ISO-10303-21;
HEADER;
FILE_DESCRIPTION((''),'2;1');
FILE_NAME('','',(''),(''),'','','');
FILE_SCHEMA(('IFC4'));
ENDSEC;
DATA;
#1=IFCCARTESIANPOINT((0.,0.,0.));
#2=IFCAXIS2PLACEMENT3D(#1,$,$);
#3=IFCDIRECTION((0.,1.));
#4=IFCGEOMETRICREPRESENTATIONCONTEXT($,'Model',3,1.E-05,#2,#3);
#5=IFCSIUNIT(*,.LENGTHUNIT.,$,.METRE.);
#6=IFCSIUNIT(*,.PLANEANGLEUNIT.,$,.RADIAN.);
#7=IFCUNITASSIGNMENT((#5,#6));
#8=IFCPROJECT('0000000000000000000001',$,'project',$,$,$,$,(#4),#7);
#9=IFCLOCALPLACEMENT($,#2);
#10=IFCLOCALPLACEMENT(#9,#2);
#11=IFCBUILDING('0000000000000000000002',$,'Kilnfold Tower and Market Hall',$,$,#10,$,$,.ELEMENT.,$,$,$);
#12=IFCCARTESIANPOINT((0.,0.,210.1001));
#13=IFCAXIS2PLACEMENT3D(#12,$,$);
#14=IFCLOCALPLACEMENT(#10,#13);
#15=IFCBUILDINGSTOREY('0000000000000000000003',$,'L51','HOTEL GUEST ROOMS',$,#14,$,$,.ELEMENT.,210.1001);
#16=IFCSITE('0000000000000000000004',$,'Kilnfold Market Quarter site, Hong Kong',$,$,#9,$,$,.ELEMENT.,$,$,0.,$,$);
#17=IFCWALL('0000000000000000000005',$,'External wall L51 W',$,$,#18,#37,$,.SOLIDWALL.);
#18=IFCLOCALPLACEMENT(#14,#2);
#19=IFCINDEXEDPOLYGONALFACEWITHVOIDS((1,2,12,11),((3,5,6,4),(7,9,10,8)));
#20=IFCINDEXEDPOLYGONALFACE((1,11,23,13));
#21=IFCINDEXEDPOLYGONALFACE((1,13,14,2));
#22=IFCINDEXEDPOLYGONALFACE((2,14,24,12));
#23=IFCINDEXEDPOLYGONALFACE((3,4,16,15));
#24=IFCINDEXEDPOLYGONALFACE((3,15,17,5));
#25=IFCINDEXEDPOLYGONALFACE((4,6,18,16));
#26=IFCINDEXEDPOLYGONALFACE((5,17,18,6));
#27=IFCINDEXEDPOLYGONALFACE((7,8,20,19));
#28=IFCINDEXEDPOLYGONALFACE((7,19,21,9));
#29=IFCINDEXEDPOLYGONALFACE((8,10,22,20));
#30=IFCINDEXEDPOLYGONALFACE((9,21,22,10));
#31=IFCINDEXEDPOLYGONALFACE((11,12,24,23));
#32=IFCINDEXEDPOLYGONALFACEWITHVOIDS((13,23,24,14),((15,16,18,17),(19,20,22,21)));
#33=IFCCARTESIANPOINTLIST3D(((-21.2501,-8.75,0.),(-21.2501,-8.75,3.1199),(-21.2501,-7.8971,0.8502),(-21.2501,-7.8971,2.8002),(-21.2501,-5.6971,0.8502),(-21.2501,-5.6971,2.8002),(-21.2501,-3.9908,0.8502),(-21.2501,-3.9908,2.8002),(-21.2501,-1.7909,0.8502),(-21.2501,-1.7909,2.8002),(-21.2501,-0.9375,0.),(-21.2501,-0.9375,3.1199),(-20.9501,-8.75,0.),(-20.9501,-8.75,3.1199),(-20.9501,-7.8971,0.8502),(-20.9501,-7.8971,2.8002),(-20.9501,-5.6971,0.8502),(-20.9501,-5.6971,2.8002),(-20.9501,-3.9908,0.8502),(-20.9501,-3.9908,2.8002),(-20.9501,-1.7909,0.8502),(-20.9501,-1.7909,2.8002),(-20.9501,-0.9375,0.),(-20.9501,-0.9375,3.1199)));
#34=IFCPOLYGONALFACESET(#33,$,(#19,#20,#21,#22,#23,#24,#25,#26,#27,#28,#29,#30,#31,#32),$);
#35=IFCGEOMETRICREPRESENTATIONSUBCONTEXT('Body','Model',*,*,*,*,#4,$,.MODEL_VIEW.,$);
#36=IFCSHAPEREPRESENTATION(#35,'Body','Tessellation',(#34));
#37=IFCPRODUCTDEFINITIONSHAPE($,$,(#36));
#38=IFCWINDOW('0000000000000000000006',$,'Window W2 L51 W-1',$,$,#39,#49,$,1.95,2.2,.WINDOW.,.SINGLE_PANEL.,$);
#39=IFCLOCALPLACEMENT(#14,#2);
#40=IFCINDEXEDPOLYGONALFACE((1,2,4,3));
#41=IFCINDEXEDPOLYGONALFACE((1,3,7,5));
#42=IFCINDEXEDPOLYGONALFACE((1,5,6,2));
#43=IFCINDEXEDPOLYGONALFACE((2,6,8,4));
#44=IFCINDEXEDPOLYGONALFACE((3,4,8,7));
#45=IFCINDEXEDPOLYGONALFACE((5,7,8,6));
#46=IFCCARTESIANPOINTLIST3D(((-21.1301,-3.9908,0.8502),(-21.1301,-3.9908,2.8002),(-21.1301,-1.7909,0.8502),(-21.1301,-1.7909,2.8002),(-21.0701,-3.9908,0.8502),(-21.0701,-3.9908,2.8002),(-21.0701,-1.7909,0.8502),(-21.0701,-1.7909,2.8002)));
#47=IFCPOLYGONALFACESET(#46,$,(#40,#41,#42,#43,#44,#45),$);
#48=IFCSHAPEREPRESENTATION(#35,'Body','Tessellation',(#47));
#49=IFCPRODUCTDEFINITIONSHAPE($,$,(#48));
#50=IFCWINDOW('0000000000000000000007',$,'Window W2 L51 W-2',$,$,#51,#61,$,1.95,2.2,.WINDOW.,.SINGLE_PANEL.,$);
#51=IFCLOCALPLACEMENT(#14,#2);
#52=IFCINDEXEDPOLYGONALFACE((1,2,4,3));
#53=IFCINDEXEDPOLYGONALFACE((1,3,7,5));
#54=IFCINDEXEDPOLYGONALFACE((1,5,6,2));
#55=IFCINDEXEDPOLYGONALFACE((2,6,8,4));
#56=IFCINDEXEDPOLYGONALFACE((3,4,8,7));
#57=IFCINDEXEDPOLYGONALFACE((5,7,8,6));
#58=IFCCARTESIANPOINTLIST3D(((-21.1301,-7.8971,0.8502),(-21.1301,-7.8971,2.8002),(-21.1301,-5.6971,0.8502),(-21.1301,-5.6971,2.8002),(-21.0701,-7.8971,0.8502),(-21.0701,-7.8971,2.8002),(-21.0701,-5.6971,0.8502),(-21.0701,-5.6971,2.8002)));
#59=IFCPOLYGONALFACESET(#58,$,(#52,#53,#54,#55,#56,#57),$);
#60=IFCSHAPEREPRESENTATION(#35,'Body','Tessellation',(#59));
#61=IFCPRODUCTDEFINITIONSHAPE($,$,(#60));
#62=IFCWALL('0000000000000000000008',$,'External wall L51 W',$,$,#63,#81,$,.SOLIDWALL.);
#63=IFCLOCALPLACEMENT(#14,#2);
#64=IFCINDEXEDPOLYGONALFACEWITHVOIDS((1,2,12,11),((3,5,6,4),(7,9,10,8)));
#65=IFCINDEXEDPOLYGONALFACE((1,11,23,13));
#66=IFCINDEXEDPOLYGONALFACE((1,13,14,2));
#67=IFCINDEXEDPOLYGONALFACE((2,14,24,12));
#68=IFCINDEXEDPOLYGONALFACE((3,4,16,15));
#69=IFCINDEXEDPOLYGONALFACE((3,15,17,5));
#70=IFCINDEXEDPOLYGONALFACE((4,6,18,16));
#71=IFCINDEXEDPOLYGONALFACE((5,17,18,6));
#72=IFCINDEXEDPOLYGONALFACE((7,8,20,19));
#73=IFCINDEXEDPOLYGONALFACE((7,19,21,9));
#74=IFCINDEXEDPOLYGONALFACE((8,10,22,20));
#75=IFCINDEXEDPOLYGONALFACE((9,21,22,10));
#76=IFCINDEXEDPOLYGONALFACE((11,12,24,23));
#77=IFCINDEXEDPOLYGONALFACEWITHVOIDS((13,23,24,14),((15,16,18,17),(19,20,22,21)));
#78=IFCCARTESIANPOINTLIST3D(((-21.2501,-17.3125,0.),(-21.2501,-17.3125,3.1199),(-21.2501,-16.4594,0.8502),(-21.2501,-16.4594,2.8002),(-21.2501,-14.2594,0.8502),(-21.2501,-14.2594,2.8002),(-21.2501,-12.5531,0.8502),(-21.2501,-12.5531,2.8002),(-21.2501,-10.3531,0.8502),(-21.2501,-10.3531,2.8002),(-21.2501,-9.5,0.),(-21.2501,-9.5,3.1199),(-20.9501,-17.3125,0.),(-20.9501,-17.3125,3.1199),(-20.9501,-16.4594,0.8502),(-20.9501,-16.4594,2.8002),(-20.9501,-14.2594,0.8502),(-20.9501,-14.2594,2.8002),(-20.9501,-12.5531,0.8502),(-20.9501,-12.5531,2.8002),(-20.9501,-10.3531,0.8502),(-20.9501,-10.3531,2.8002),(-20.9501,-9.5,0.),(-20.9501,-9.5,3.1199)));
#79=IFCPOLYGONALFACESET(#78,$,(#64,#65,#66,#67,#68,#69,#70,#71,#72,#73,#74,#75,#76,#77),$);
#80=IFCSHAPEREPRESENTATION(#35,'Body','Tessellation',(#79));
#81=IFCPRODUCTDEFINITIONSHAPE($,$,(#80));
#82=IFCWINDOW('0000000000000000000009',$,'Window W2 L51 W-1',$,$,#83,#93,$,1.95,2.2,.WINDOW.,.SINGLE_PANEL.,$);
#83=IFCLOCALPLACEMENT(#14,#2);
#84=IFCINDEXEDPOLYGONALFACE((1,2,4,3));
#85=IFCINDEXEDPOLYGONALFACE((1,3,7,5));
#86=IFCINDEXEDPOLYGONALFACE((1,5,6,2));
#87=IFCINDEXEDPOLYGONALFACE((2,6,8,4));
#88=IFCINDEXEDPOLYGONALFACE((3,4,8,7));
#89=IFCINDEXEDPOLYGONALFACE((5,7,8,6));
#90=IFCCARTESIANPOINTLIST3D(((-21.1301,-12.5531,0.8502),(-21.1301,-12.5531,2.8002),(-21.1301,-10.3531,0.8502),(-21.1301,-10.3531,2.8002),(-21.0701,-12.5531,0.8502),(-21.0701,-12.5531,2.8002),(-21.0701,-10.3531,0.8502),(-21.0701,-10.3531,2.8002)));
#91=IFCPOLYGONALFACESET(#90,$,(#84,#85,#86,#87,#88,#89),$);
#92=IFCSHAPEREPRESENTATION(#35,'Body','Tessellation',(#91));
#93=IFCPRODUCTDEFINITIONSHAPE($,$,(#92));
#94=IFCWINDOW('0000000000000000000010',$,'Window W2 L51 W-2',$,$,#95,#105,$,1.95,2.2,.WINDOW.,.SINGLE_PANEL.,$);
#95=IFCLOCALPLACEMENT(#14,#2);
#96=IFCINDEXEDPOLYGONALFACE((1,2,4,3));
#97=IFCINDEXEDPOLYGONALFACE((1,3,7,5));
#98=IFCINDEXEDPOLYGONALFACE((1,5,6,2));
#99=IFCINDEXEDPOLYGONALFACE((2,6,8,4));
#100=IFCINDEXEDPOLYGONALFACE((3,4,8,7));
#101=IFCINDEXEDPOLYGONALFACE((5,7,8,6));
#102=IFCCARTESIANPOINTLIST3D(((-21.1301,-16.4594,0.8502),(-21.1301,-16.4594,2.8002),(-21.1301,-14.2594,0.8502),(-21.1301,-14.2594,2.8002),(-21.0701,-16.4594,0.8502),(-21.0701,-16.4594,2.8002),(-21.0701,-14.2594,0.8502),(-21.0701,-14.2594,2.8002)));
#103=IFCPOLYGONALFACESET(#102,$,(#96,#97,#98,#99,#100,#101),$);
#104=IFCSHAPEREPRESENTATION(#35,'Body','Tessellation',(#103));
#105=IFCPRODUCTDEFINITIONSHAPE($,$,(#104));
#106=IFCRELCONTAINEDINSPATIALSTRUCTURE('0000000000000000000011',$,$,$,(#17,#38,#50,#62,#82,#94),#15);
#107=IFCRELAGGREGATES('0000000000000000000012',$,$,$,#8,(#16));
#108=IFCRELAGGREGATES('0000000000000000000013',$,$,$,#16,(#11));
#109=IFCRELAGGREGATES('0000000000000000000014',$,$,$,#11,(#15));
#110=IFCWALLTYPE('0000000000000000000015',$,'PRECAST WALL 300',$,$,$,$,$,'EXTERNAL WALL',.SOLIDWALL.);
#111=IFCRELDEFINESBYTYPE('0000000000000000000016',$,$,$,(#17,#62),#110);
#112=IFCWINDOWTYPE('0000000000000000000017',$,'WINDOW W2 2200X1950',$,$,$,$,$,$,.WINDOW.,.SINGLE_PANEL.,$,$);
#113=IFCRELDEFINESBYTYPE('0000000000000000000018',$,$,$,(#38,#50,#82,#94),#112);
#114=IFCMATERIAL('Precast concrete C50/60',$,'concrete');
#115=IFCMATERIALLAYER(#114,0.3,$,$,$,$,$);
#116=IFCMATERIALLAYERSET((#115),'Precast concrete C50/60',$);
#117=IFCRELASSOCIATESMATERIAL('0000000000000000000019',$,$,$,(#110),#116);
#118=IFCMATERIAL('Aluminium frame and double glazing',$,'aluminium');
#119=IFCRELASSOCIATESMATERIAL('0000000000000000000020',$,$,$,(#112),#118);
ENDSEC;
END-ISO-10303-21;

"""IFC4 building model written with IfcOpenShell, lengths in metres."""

from ifc_helpers import new_model, si_unit, direction, frame, frame_2d, origin, place, context, subcontext, project, spatial, rectangle, extrude, source, transform, mapped, material, layer, layer_set, type_object, element, fill, save


model = new_model("IFC4")

# Units and contexts
model_context = context("Model", 3, precision=1e-05, world=origin(), true_north=direction((0.0, 1.0)))
body_context = subcontext(model_context, "Body", "Model", "MODEL_VIEW")
ifc_project = project(units=[si_unit("LENGTHUNIT", "METRE"), si_unit("PLANEANGLEUNIT", "RADIAN")], contexts=[model_context])

# Site, building, storey
site_placement = place(None, origin())
site = spatial("IfcSite", under=ifc_project, at=site_placement, Name="Kilnfold Market Quarter site, Hong Kong", CompositionType="ELEMENT", RefElevation=0.0)
building_placement = place(site_placement, origin())
building = spatial("IfcBuilding", under=site, at=building_placement, Name="Kilnfold Tower and Market Hall", CompositionType="ELEMENT")
storey_placement = place(building_placement, frame((0.0, 0.0, 210.1001)))
storey = spatial("IfcBuildingStorey", under=building, at=storey_placement, Name="L51", Description="HOTEL GUEST ROOMS", CompositionType="ELEMENT", Elevation=210.1001)

# Walls, openings, windows
ifc_material_1 = material(Name="Precast concrete C50/60", Category="concrete")
ifc_layer_1 = layer(ifc_material_1, 0.3)
ifc_layer_set_1 = layer_set([ifc_layer_1], Name="Precast concrete C50/60")
wall_type_1 = type_object("IfcWallType", Name="PRECAST WALL 300", ElementType="EXTERNAL WALL", PredefinedType="SOLIDWALL", material=ifc_layer_set_1)
shared_shape_1 = source(origin(), body_context, "Body", "SweptSolid", [
    extrude(rectangle(XDim=7.8125, YDim=0.3, at=frame_2d((3.9062, 0.0))), origin(), (0.0, 0.0, 1.0), 3.1199),
])
wall_1_placement = place(storey_placement, frame((-21.1001, -0.9375, 0.0), z_axis=(0.0, 0.0, 1.0), x_axis=(0.0, -1.0, 0.0)))
wall_1 = element("IfcWall", 1, at=wall_1_placement, inside=storey, type_object=wall_type_1, Name="External wall L51 W", PredefinedType="SOLIDWALL", context=body_context, shape_type="MappedRepresentation", body=[
    mapped(shared_shape_1, transform((0.0, 0.0, 0.0))),
])
opening_1_placement = place(wall_1_placement, frame((0.8533, 0.0, 0.8501)))
opening_1 = element("IfcOpeningElement", 2, at=opening_1_placement, cuts=wall_1, PredefinedType="OPENING", context=body_context, shape_type="SweptSolid", body=[
    extrude(rectangle(XDim=2.2, YDim=1.95, at=frame_2d((1.1001, 0.9751))), frame((0.0, 0.1602, 0.0), z_axis=(0.0, -1.0, 0.0), x_axis=(1.0, 0.0, 0.0)), (0.0, 0.0, 1.0), 0.3201),
])
opening_2_placement = place(wall_1_placement, frame((4.7595, 0.0, 0.8501)))
opening_2 = element("IfcOpeningElement", 3, at=opening_2_placement, cuts=wall_1, PredefinedType="OPENING", context=body_context, shape_type="SweptSolid", body=[
    extrude(rectangle(XDim=2.2, YDim=1.95, at=frame_2d((1.1001, 0.9751))), frame((0.0, 0.1602, 0.0), z_axis=(0.0, -1.0, 0.0), x_axis=(1.0, 0.0, 0.0)), (0.0, 0.0, 1.0), 0.3201),
])
ifc_material_2 = material(Name="Aluminium frame and double glazing", Category="aluminium")
window_type = type_object("IfcWindowType", Name="WINDOW W2 2200X1950", PartitioningType="SINGLE_PANEL", PredefinedType="WINDOW", material=ifc_material_2)
window_1_placement = place(opening_1_placement, origin())
window_1 = element("IfcWindow", 4, at=window_1_placement, inside=storey, type_object=window_type, Name="Window W2 L51 W-1", OverallHeight=1.95, OverallWidth=2.2, PartitioningType="SINGLE_PANEL", PredefinedType="WINDOW", context=body_context, shape_type="SweptSolid", body=[
    extrude(rectangle(XDim=2.2, YDim=1.95, at=frame_2d((1.1001, 0.9751))), frame((0.0, 0.03, 0.0), z_axis=(0.0, -1.0, 0.0), x_axis=(1.0, 0.0, 0.0)), (0.0, 0.0, 1.0), 0.0601),
])
fill(opening_1, window_1)
window_2_placement = place(opening_2_placement, origin())
window_2 = element("IfcWindow", 5, at=window_2_placement, inside=storey, type_object=window_type, Name="Window W2 L51 W-2", OverallHeight=1.95, OverallWidth=2.2, PartitioningType="SINGLE_PANEL", PredefinedType="WINDOW", context=body_context, shape_type="SweptSolid", body=[
    extrude(rectangle(XDim=2.2, YDim=1.95, at=frame_2d((1.1001, 0.9751))), frame((0.0, 0.03, 0.0), z_axis=(0.0, -1.0, 0.0), x_axis=(1.0, 0.0, 0.0)), (0.0, 0.0, 1.0), 0.0601),
])
fill(opening_2, window_2)
wall_2_placement = place(storey_placement, frame((-21.1001, -9.5, 0.0), z_axis=(0.0, 0.0, 1.0), x_axis=(0.0, -1.0, 0.0)))
wall_2 = element("IfcWall", 6, at=wall_2_placement, inside=storey, type_object=wall_type_1, Name="External wall L51 W", PredefinedType="SOLIDWALL", context=body_context, shape_type="MappedRepresentation", body=[
    mapped(shared_shape_1, transform((0.0, 0.0, 0.0))),
])
opening_3_placement = place(wall_2_placement, frame((0.853, 0.0, 0.8501)))
opening_3 = element("IfcOpeningElement", 7, at=opening_3_placement, cuts=wall_2, PredefinedType="OPENING", context=body_context, shape_type="SweptSolid", body=[
    extrude(rectangle(XDim=2.2, YDim=1.95, at=frame_2d((1.1001, 0.9751))), frame((0.0, 0.1602, 0.0), z_axis=(0.0, -1.0, 0.0), x_axis=(1.0, 0.0, 0.0)), (0.0, 0.0, 1.0), 0.3201),
])
opening_4_placement = place(wall_2_placement, frame((4.7593, 0.0, 0.8501)))
opening_4 = element("IfcOpeningElement", 8, at=opening_4_placement, cuts=wall_2, PredefinedType="OPENING", context=body_context, shape_type="SweptSolid", body=[
    extrude(rectangle(XDim=2.2, YDim=1.95, at=frame_2d((1.1001, 0.9751))), frame((0.0, 0.1602, 0.0), z_axis=(0.0, -1.0, 0.0), x_axis=(1.0, 0.0, 0.0)), (0.0, 0.0, 1.0), 0.3201),
])
window_3_placement = place(opening_3_placement, origin())
window_3 = element("IfcWindow", 9, at=window_3_placement, inside=storey, type_object=window_type, Name="Window W2 L51 W-1", OverallHeight=1.95, OverallWidth=2.2, PartitioningType="SINGLE_PANEL", PredefinedType="WINDOW", context=body_context, shape_type="SweptSolid", body=[
    extrude(rectangle(XDim=2.2, YDim=1.95, at=frame_2d((1.1001, 0.9751))), frame((0.0, 0.03, 0.0), z_axis=(0.0, -1.0, 0.0), x_axis=(1.0, 0.0, 0.0)), (0.0, 0.0, 1.0), 0.0601),
])
fill(opening_3, window_3)
window_4_placement = place(opening_4_placement, origin())
window_4 = element("IfcWindow", 10, at=window_4_placement, inside=storey, type_object=window_type, Name="Window W2 L51 W-2", OverallHeight=1.95, OverallWidth=2.2, PartitioningType="SINGLE_PANEL", PredefinedType="WINDOW", context=body_context, shape_type="SweptSolid", body=[
    extrude(rectangle(XDim=2.2, YDim=1.95, at=frame_2d((1.1001, 0.9751))), frame((0.0, 0.03, 0.0), z_axis=(0.0, -1.0, 0.0), x_axis=(1.0, 0.0, 0.0)), (0.0, 0.0, 1.0), 0.0601),
])
fill(opening_4, window_4)

save(model, "model.ifc")
